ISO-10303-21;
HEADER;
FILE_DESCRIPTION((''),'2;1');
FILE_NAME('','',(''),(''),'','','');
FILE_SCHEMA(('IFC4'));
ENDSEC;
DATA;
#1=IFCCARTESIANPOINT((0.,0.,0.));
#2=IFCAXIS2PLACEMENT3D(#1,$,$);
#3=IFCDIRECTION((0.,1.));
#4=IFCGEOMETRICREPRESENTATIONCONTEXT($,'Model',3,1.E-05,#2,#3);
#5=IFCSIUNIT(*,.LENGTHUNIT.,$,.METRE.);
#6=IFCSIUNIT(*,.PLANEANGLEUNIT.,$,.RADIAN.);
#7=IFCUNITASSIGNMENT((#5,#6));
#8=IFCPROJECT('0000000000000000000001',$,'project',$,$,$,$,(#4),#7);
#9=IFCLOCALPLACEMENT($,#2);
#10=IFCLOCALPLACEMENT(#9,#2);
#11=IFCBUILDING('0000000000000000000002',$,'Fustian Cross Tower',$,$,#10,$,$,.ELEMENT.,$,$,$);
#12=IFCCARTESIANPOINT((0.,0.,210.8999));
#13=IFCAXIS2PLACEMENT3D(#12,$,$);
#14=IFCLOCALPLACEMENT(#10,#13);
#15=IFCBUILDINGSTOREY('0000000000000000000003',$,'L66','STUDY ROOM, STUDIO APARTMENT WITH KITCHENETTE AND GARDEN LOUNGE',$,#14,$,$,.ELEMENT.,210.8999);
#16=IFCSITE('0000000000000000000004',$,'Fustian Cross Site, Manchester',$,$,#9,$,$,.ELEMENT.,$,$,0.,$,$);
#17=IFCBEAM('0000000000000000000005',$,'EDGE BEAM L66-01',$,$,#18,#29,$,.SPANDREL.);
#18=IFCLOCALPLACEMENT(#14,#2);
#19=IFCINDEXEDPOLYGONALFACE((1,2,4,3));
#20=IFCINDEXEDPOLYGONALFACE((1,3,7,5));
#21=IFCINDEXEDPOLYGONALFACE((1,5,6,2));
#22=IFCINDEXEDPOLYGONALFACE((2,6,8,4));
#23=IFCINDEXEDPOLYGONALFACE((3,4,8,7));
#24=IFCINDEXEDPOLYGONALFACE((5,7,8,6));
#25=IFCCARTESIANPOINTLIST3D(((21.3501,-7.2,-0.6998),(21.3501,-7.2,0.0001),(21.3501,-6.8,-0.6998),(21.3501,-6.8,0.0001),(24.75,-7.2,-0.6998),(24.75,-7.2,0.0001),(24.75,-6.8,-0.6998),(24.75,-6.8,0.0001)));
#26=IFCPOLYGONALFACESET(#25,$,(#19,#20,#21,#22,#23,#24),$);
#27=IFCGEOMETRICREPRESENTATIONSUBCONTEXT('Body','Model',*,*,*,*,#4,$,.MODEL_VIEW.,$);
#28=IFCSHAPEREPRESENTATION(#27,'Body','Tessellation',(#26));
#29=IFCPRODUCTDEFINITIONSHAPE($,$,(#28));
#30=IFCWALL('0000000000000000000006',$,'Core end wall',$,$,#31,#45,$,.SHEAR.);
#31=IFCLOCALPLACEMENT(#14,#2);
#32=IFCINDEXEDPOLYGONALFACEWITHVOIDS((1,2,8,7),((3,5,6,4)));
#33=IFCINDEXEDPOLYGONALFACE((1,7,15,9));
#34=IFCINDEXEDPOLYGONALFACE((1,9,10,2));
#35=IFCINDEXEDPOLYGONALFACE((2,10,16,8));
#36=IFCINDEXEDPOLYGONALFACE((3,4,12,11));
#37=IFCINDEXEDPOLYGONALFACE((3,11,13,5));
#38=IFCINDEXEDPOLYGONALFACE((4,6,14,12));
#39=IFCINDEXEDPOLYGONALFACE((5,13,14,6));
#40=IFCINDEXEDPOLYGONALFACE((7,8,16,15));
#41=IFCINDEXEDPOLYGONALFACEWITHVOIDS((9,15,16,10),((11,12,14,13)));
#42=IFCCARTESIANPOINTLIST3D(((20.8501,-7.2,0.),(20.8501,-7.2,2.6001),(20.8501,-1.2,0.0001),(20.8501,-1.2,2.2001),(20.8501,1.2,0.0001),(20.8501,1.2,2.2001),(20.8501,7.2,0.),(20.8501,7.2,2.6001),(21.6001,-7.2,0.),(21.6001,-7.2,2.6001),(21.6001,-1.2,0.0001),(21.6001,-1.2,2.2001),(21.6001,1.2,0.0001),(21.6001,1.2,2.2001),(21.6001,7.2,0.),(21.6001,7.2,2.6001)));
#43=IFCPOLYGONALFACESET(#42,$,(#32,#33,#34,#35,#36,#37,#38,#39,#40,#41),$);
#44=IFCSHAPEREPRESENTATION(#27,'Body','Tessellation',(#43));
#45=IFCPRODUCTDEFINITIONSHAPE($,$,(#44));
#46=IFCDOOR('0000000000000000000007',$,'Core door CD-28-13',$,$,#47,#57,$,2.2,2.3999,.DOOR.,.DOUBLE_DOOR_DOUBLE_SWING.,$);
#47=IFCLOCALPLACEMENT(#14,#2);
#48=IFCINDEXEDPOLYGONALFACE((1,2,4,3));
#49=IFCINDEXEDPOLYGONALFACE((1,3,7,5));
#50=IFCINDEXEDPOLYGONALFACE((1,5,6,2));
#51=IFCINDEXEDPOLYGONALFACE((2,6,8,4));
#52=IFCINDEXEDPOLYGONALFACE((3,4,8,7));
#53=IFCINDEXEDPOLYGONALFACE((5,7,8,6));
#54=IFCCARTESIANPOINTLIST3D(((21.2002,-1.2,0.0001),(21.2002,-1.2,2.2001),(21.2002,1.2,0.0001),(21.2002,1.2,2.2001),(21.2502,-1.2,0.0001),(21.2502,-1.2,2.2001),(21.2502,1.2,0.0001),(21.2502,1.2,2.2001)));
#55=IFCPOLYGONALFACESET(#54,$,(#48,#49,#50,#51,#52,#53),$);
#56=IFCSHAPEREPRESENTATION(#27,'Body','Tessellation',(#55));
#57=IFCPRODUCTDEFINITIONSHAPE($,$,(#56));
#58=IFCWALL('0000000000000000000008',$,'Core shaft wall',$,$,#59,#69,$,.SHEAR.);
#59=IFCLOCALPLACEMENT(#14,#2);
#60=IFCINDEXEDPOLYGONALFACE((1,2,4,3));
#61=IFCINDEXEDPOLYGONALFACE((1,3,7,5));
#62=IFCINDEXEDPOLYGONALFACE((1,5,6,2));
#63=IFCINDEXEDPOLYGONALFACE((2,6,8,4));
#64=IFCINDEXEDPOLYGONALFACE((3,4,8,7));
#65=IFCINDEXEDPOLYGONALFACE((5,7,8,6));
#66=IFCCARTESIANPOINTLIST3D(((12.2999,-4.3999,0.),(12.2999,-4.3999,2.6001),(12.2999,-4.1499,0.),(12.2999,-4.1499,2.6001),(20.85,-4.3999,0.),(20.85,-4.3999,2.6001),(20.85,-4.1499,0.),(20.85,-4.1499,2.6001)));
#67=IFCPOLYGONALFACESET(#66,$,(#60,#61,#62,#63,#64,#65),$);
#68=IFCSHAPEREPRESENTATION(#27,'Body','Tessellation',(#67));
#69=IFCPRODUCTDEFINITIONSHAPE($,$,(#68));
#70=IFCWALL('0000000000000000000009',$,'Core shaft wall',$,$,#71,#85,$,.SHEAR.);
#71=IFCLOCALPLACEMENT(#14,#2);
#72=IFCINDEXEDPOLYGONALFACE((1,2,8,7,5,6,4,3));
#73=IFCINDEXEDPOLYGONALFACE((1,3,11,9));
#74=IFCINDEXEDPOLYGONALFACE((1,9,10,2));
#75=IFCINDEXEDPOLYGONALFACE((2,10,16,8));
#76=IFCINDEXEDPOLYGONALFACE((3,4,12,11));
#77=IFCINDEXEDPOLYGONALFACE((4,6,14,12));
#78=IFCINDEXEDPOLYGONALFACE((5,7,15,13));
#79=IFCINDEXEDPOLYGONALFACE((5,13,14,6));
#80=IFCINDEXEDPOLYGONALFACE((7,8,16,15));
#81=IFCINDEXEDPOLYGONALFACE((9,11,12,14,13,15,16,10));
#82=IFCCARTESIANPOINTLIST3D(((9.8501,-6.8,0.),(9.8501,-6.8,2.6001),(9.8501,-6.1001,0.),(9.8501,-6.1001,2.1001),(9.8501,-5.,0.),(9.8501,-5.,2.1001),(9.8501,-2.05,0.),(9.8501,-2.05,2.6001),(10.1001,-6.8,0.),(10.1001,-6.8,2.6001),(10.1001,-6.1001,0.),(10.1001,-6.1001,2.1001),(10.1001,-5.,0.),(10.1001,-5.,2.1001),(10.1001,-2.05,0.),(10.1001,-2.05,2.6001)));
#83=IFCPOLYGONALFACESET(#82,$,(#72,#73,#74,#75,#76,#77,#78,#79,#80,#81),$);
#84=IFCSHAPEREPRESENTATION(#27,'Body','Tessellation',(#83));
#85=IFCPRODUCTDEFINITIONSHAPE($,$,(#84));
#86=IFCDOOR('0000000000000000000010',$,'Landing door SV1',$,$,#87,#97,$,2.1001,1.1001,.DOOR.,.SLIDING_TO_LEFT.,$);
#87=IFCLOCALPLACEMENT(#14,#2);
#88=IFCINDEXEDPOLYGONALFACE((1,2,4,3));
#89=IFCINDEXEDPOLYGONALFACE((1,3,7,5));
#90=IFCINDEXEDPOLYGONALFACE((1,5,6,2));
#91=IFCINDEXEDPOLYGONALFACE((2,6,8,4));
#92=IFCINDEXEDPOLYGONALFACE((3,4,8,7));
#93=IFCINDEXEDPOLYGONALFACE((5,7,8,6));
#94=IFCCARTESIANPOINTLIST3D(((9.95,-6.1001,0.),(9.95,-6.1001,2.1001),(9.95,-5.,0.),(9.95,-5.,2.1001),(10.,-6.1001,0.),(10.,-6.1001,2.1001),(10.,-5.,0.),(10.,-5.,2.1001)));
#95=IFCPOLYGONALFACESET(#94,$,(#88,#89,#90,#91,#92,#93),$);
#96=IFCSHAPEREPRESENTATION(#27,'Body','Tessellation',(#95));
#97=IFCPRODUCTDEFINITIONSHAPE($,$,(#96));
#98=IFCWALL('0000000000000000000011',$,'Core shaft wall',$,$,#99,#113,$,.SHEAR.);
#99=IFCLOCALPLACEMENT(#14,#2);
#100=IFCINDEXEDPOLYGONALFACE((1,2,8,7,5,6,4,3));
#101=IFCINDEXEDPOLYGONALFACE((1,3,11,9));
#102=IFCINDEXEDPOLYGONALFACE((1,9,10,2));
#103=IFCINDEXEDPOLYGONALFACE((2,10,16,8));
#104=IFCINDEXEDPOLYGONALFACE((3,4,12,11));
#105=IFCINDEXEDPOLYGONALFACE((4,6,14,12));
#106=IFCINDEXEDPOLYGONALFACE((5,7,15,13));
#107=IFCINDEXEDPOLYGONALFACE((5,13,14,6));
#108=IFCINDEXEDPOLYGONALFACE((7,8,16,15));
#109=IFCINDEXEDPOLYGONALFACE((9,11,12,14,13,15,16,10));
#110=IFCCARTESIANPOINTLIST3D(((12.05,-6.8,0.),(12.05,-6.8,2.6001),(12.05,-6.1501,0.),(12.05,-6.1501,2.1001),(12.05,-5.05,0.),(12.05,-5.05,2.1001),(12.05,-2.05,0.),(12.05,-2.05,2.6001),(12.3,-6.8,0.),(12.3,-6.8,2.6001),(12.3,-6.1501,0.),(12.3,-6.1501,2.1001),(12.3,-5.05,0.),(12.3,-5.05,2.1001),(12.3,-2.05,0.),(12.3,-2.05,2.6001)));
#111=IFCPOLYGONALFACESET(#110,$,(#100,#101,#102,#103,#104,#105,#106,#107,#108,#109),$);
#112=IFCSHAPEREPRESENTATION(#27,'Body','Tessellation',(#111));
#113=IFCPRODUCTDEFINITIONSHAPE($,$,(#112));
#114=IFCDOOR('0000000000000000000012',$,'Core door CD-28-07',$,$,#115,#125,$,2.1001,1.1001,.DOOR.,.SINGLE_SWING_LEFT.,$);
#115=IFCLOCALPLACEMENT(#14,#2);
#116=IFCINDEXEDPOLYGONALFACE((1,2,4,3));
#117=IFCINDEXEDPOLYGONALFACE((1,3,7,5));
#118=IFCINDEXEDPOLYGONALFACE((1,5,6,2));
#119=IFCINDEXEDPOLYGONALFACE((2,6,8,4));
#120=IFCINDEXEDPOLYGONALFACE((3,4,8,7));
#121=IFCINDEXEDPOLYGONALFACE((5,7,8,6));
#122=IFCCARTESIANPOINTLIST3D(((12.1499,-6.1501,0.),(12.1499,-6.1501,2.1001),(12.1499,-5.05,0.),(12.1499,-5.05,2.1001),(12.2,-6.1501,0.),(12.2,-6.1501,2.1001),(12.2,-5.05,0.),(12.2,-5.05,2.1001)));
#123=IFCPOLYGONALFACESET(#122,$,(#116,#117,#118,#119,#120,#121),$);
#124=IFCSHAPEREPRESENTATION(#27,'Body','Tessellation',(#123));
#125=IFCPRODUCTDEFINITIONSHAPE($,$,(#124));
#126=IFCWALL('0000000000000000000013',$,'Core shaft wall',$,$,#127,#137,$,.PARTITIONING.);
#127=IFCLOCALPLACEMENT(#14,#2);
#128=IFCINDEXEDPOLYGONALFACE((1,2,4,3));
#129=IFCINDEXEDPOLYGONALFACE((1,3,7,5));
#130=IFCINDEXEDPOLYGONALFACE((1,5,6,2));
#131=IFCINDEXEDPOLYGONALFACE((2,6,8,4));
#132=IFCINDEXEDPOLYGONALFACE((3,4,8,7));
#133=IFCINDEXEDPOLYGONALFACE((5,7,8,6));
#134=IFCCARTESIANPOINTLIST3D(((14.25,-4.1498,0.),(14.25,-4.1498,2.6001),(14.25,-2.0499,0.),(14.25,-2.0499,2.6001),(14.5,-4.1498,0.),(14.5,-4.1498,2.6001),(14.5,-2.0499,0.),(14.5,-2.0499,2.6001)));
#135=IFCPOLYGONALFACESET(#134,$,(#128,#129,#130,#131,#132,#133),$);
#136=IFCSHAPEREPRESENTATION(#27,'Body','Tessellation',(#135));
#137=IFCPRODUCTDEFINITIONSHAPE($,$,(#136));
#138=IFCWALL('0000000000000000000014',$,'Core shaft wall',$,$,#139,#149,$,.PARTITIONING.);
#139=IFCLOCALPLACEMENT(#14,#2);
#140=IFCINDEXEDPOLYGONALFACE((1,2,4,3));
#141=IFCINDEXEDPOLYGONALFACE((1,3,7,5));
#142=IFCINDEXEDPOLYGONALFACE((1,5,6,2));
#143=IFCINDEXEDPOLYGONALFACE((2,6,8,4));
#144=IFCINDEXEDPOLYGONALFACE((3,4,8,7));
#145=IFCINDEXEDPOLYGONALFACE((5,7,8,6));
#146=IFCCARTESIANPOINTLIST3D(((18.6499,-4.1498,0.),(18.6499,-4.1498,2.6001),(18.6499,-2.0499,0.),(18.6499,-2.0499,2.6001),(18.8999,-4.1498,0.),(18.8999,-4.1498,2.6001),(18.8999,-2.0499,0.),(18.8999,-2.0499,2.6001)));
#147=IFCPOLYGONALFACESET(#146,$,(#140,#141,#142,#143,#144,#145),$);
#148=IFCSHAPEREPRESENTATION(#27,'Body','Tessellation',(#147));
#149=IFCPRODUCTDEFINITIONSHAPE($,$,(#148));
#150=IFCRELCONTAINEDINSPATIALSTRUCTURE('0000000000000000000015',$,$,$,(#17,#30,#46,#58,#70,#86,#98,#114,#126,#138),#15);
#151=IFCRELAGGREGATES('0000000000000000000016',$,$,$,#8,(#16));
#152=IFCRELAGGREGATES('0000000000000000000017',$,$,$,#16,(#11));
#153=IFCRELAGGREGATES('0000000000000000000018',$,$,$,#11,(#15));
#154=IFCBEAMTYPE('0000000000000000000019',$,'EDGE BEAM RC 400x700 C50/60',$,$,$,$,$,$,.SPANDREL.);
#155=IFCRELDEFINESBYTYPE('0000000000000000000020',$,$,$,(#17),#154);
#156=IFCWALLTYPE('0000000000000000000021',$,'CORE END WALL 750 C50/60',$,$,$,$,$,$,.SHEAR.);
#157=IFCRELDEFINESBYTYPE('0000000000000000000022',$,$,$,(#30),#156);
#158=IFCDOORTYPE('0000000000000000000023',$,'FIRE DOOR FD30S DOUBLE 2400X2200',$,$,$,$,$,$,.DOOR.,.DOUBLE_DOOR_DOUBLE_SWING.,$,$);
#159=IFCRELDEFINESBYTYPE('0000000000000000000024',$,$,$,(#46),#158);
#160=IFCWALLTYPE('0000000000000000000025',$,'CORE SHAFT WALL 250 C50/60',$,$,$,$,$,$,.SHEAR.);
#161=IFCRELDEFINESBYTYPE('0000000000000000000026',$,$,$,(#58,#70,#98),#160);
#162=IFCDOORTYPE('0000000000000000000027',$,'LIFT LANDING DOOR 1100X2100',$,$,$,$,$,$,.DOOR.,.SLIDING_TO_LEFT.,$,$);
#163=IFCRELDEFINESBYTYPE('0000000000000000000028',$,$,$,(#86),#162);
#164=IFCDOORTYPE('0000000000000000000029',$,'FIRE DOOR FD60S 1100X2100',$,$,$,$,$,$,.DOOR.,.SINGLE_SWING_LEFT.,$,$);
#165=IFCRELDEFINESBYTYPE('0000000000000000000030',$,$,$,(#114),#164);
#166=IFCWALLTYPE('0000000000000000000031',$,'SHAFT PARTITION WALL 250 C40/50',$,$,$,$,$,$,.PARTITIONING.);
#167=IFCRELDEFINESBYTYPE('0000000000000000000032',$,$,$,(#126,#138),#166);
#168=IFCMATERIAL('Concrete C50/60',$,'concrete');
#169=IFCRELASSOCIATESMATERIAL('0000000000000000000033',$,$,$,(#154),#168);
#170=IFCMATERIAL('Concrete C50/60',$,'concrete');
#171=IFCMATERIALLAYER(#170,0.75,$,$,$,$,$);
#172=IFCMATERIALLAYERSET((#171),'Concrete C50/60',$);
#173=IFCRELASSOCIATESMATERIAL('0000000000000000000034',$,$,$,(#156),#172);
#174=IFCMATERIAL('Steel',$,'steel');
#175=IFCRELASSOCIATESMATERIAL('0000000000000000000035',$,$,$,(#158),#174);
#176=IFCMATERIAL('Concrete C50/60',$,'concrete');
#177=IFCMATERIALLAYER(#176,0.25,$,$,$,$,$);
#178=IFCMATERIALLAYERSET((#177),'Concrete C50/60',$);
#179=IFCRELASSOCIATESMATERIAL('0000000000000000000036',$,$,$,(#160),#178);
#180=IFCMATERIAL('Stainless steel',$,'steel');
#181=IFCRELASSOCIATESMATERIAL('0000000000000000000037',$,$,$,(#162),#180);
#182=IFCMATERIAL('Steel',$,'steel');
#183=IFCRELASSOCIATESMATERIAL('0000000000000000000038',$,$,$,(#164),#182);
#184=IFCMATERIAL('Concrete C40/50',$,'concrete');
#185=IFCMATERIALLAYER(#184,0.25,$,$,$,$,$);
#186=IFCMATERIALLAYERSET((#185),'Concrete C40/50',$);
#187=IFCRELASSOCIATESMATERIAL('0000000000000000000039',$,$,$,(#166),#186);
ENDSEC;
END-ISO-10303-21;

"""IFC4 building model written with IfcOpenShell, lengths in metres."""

from ifc_helpers import new_model, si_unit, direction, frame, frame_2d, origin, origin_2d, place, context, subcontext, project, spatial, rectangle, extrude, material, layer, layer_set, material_profile, profile_set, type_object, element, fill, save


model = new_model("IFC4")

# Units and contexts
model_context = context("Model", 3, precision=1e-05, world=origin(), true_north=direction((0.0, 1.0)))
body_context = subcontext(model_context, "Body", "Model", "MODEL_VIEW")
ifc_project = project(units=[si_unit("LENGTHUNIT", "METRE"), si_unit("PLANEANGLEUNIT", "RADIAN")], contexts=[model_context])

# Site, building, storey
site_placement = place(None, origin())
site = spatial("IfcSite", under=ifc_project, at=site_placement, Name="Fustian Cross Site, Manchester", CompositionType="ELEMENT", RefElevation=0.0)
building_placement = place(site_placement, origin())
building = spatial("IfcBuilding", under=site, at=building_placement, Name="Fustian Cross Tower", CompositionType="ELEMENT")
storey_placement = place(building_placement, frame((0.0, 0.0, 210.8999)))
storey = spatial("IfcBuildingStorey", under=building, at=storey_placement, Name="L66", Description="STUDY ROOM, STUDIO APARTMENT WITH KITCHENETTE AND GARDEN LOUNGE", CompositionType="ELEMENT", Elevation=210.8999)

# Beam
ifc_material_1 = material(Name="Concrete C50/60", Category="concrete")
ifc_material_profile_1 = material_profile(ifc_material_1, rectangle(XDim=0.3999, YDim=0.7, at=origin_2d()), Name="RC 400x700")
ifc_profile_set_1 = profile_set([ifc_material_profile_1], Name="Concrete C50/60")
beam_type = type_object("IfcBeamType", Name="EDGE BEAM RC 400x700 C50/60", PredefinedType="SPANDREL", material=ifc_profile_set_1)
beam_placement = place(storey_placement, frame((21.3501, -7.0, -0.3499), z_axis=(1.0, 0.0, 0.0), x_axis=(0.0, 1.0, 0.0)))
element("IfcBeam", 1, at=beam_placement, inside=storey, type_object=beam_type, Name="EDGE BEAM L66-01", PredefinedType="SPANDREL", context=body_context, shape_type="SweptSolid", body=[
    extrude(rectangle(XDim=0.3999, YDim=0.7, at=origin_2d()), origin(), (0.0, 0.0, 1.0), 3.3999),
])

# Wall, opening, door
ifc_material_2 = material(Name="Concrete C50/60", Category="concrete")
ifc_layer_1 = layer(ifc_material_2, 0.75)
ifc_layer_set_1 = layer_set([ifc_layer_1], Name="Concrete C50/60")
wall_type_1 = type_object("IfcWallType", Name="CORE END WALL 750 C50/60", PredefinedType="SHEAR", material=ifc_layer_set_1)
wall_1_placement = place(storey_placement, frame((21.2251, -7.2, 0.0), z_axis=(0.0, 0.0, 1.0), x_axis=(0.0, 1.0, 0.0)))
wall_1 = element("IfcWall", 2, at=wall_1_placement, inside=storey, type_object=wall_type_1, Name="Core end wall", PredefinedType="SHEAR", context=body_context, shape_type="SweptSolid", body=[
    extrude(rectangle(XDim=14.3999, YDim=0.75, at=frame_2d((7.2, 0.0))), origin(), (0.0, 0.0, 1.0), 2.6001),
])
opening_1_placement = place(wall_1_placement, frame((6.0, 0.0, 0.0)))
opening_1 = element("IfcOpeningElement", 3, at=opening_1_placement, cuts=wall_1, PredefinedType="OPENING", context=body_context, shape_type="SweptSolid", body=[
    extrude(rectangle(XDim=2.3999, YDim=2.2, at=frame_2d((1.2, 1.1001))), frame((0.0, 0.385, 0.0), z_axis=(0.0, -1.0, 0.0), x_axis=(1.0, 0.0, 0.0)), (0.0, 0.0, 1.0), 0.77),
])
ifc_material_3 = material(Name="Steel", Category="steel")
door_type_1 = type_object("IfcDoorType", Name="FIRE DOOR FD30S DOUBLE 2400X2200", OperationType="DOUBLE_DOOR_DOUBLE_SWING", PredefinedType="DOOR", material=ifc_material_3)
door_1_placement = place(opening_1_placement, origin())
door_1 = element("IfcDoor", 4, at=door_1_placement, inside=storey, type_object=door_type_1, Name="Core door CD-28-13", OperationType="DOUBLE_DOOR_DOUBLE_SWING", OverallHeight=2.2, OverallWidth=2.3999, PredefinedType="DOOR", context=body_context, shape_type="SweptSolid", body=[
    extrude(rectangle(XDim=2.3999, YDim=2.2, at=frame_2d((1.2, 1.1001))), frame((0.0, 0.0249, 0.0), z_axis=(0.0, -1.0, 0.0), x_axis=(1.0, 0.0, 0.0)), (0.0, 0.0, 1.0), 0.05),
])
fill(opening_1, door_1)

# Wall
ifc_material_4 = material(Name="Concrete C50/60", Category="concrete")
ifc_layer_2 = layer(ifc_material_4, 0.25)
ifc_layer_set_2 = layer_set([ifc_layer_2], Name="Concrete C50/60")
wall_type_2 = type_object("IfcWallType", Name="CORE SHAFT WALL 250 C50/60", PredefinedType="SHEAR", material=ifc_layer_set_2)
wall_2_placement = place(storey_placement, frame((12.3, -4.2749, 0.0), z_axis=(0.0, 0.0, 1.0), x_axis=(1.0, 0.0, 0.0)))
element("IfcWall", 5, at=wall_2_placement, inside=storey, type_object=wall_type_2, Name="Core shaft wall", PredefinedType="SHEAR", context=body_context, shape_type="SweptSolid", body=[
    extrude(rectangle(XDim=8.55, YDim=0.25, at=frame_2d((4.2749, 0.0))), origin(), (0.0, 0.0, 1.0), 2.6001),
])

# Walls, openings, doors
wall_3_placement = place(storey_placement, frame((9.9751, -2.05, 0.0), z_axis=(0.0, 0.0, 1.0), x_axis=(0.0, -1.0, 0.0)))
wall_3 = element("IfcWall", 6, at=wall_3_placement, inside=storey, type_object=wall_type_2, Name="Core shaft wall", PredefinedType="SHEAR", context=body_context, shape_type="SweptSolid", body=[
    extrude(rectangle(XDim=4.75, YDim=0.25, at=frame_2d((2.375, 0.0))), origin(), (0.0, 0.0, 1.0), 2.6001),
])
opening_2_placement = place(wall_3_placement, frame((2.95, 0.0, 0.0)))
opening_2 = element("IfcOpeningElement", 7, at=opening_2_placement, cuts=wall_3, PredefinedType="OPENING", context=body_context, shape_type="SweptSolid", body=[
    extrude(rectangle(XDim=1.1001, YDim=2.1001, at=frame_2d((0.55, 1.05))), frame((0.0, 0.135, 0.0), z_axis=(0.0, -1.0, 0.0), x_axis=(1.0, 0.0, 0.0)), (0.0, 0.0, 1.0), 0.27),
])
ifc_material_5 = material(Name="Stainless steel", Category="steel")
door_type_2 = type_object("IfcDoorType", Name="LIFT LANDING DOOR 1100X2100", OperationType="SLIDING_TO_LEFT", PredefinedType="DOOR", material=ifc_material_5)
door_2_placement = place(opening_2_placement, origin())
door_2 = element("IfcDoor", 8, at=door_2_placement, inside=storey, type_object=door_type_2, Name="Landing door SV1", OperationType="SLIDING_TO_LEFT", OverallHeight=2.1001, OverallWidth=1.1001, PredefinedType="DOOR", context=body_context, shape_type="SweptSolid", body=[
    extrude(rectangle(XDim=1.1001, YDim=2.1001, at=frame_2d((0.55, 1.05))), frame((0.0, 0.0249, 0.0), z_axis=(0.0, -1.0, 0.0), x_axis=(1.0, 0.0, 0.0)), (0.0, 0.0, 1.0), 0.05),
])
fill(opening_2, door_2)
wall_4_placement = place(storey_placement, frame((12.175, -2.05, 0.0), z_axis=(0.0, 0.0, 1.0), x_axis=(0.0, -1.0, 0.0)))
wall_4 = element("IfcWall", 9, at=wall_4_placement, inside=storey, type_object=wall_type_2, Name="Core shaft wall", PredefinedType="SHEAR", context=body_context, shape_type="SweptSolid", body=[
    extrude(rectangle(XDim=4.75, YDim=0.25, at=frame_2d((2.375, 0.0))), origin(), (0.0, 0.0, 1.0), 2.6001),
])
opening_3_placement = place(wall_4_placement, frame((3.0, 0.0, 0.0)))
opening_3 = element("IfcOpeningElement", 10, at=opening_3_placement, cuts=wall_4, PredefinedType="OPENING", context=body_context, shape_type="SweptSolid", body=[
    extrude(rectangle(XDim=1.1001, YDim=2.1001, at=frame_2d((0.55, 1.05))), frame((0.0, 0.135, 0.0), z_axis=(0.0, -1.0, 0.0), x_axis=(1.0, 0.0, 0.0)), (0.0, 0.0, 1.0), 0.27),
])
ifc_material_6 = material(Name="Steel", Category="steel")
door_type_3 = type_object("IfcDoorType", Name="FIRE DOOR FD60S 1100X2100", OperationType="SINGLE_SWING_LEFT", PredefinedType="DOOR", material=ifc_material_6)
door_3_placement = place(opening_3_placement, origin())
door_3 = element("IfcDoor", 11, at=door_3_placement, inside=storey, type_object=door_type_3, Name="Core door CD-28-07", OperationType="SINGLE_SWING_LEFT", OverallHeight=2.1001, OverallWidth=1.1001, PredefinedType="DOOR", context=body_context, shape_type="SweptSolid", body=[
    extrude(rectangle(XDim=1.1001, YDim=2.1001, at=frame_2d((0.55, 1.05))), frame((0.0, 0.0249, 0.0), z_axis=(0.0, -1.0, 0.0), x_axis=(1.0, 0.0, 0.0)), (0.0, 0.0, 1.0), 0.05),
])
fill(opening_3, door_3)

# Walls
ifc_material_7 = material(Name="Concrete C40/50", Category="concrete")
ifc_layer_3 = layer(ifc_material_7, 0.25)
ifc_layer_set_3 = layer_set([ifc_layer_3], Name="Concrete C40/50")
wall_type_3 = type_object("IfcWallType", Name="SHAFT PARTITION WALL 250 C40/50", PredefinedType="PARTITIONING", material=ifc_layer_set_3)
for number, where, z_axis, x_axis, name in (
    (12, (14.375, -2.05, 0.0), (0.0, 0.0, 1.0), (0.0, -1.0, 0.0), "Core shaft wall"),
    (13, (18.7749, -2.05, 0.0), (0.0, 0.0, 1.0), (0.0, -1.0, 0.0), "Core shaft wall"),
):
    element("IfcWall", number, at=place(storey_placement, frame(where, z_axis=z_axis, x_axis=x_axis)), inside=storey, type_object=wall_type_3, Name=name, PredefinedType="PARTITIONING", context=body_context, shape_type="SweptSolid", body=[
        extrude(rectangle(XDim=2.0999, YDim=0.25, at=frame_2d((1.0498, 0.0))), origin(), (0.0, 0.0, 1.0), 2.6001),
    ])

save(model, "model.ifc")
